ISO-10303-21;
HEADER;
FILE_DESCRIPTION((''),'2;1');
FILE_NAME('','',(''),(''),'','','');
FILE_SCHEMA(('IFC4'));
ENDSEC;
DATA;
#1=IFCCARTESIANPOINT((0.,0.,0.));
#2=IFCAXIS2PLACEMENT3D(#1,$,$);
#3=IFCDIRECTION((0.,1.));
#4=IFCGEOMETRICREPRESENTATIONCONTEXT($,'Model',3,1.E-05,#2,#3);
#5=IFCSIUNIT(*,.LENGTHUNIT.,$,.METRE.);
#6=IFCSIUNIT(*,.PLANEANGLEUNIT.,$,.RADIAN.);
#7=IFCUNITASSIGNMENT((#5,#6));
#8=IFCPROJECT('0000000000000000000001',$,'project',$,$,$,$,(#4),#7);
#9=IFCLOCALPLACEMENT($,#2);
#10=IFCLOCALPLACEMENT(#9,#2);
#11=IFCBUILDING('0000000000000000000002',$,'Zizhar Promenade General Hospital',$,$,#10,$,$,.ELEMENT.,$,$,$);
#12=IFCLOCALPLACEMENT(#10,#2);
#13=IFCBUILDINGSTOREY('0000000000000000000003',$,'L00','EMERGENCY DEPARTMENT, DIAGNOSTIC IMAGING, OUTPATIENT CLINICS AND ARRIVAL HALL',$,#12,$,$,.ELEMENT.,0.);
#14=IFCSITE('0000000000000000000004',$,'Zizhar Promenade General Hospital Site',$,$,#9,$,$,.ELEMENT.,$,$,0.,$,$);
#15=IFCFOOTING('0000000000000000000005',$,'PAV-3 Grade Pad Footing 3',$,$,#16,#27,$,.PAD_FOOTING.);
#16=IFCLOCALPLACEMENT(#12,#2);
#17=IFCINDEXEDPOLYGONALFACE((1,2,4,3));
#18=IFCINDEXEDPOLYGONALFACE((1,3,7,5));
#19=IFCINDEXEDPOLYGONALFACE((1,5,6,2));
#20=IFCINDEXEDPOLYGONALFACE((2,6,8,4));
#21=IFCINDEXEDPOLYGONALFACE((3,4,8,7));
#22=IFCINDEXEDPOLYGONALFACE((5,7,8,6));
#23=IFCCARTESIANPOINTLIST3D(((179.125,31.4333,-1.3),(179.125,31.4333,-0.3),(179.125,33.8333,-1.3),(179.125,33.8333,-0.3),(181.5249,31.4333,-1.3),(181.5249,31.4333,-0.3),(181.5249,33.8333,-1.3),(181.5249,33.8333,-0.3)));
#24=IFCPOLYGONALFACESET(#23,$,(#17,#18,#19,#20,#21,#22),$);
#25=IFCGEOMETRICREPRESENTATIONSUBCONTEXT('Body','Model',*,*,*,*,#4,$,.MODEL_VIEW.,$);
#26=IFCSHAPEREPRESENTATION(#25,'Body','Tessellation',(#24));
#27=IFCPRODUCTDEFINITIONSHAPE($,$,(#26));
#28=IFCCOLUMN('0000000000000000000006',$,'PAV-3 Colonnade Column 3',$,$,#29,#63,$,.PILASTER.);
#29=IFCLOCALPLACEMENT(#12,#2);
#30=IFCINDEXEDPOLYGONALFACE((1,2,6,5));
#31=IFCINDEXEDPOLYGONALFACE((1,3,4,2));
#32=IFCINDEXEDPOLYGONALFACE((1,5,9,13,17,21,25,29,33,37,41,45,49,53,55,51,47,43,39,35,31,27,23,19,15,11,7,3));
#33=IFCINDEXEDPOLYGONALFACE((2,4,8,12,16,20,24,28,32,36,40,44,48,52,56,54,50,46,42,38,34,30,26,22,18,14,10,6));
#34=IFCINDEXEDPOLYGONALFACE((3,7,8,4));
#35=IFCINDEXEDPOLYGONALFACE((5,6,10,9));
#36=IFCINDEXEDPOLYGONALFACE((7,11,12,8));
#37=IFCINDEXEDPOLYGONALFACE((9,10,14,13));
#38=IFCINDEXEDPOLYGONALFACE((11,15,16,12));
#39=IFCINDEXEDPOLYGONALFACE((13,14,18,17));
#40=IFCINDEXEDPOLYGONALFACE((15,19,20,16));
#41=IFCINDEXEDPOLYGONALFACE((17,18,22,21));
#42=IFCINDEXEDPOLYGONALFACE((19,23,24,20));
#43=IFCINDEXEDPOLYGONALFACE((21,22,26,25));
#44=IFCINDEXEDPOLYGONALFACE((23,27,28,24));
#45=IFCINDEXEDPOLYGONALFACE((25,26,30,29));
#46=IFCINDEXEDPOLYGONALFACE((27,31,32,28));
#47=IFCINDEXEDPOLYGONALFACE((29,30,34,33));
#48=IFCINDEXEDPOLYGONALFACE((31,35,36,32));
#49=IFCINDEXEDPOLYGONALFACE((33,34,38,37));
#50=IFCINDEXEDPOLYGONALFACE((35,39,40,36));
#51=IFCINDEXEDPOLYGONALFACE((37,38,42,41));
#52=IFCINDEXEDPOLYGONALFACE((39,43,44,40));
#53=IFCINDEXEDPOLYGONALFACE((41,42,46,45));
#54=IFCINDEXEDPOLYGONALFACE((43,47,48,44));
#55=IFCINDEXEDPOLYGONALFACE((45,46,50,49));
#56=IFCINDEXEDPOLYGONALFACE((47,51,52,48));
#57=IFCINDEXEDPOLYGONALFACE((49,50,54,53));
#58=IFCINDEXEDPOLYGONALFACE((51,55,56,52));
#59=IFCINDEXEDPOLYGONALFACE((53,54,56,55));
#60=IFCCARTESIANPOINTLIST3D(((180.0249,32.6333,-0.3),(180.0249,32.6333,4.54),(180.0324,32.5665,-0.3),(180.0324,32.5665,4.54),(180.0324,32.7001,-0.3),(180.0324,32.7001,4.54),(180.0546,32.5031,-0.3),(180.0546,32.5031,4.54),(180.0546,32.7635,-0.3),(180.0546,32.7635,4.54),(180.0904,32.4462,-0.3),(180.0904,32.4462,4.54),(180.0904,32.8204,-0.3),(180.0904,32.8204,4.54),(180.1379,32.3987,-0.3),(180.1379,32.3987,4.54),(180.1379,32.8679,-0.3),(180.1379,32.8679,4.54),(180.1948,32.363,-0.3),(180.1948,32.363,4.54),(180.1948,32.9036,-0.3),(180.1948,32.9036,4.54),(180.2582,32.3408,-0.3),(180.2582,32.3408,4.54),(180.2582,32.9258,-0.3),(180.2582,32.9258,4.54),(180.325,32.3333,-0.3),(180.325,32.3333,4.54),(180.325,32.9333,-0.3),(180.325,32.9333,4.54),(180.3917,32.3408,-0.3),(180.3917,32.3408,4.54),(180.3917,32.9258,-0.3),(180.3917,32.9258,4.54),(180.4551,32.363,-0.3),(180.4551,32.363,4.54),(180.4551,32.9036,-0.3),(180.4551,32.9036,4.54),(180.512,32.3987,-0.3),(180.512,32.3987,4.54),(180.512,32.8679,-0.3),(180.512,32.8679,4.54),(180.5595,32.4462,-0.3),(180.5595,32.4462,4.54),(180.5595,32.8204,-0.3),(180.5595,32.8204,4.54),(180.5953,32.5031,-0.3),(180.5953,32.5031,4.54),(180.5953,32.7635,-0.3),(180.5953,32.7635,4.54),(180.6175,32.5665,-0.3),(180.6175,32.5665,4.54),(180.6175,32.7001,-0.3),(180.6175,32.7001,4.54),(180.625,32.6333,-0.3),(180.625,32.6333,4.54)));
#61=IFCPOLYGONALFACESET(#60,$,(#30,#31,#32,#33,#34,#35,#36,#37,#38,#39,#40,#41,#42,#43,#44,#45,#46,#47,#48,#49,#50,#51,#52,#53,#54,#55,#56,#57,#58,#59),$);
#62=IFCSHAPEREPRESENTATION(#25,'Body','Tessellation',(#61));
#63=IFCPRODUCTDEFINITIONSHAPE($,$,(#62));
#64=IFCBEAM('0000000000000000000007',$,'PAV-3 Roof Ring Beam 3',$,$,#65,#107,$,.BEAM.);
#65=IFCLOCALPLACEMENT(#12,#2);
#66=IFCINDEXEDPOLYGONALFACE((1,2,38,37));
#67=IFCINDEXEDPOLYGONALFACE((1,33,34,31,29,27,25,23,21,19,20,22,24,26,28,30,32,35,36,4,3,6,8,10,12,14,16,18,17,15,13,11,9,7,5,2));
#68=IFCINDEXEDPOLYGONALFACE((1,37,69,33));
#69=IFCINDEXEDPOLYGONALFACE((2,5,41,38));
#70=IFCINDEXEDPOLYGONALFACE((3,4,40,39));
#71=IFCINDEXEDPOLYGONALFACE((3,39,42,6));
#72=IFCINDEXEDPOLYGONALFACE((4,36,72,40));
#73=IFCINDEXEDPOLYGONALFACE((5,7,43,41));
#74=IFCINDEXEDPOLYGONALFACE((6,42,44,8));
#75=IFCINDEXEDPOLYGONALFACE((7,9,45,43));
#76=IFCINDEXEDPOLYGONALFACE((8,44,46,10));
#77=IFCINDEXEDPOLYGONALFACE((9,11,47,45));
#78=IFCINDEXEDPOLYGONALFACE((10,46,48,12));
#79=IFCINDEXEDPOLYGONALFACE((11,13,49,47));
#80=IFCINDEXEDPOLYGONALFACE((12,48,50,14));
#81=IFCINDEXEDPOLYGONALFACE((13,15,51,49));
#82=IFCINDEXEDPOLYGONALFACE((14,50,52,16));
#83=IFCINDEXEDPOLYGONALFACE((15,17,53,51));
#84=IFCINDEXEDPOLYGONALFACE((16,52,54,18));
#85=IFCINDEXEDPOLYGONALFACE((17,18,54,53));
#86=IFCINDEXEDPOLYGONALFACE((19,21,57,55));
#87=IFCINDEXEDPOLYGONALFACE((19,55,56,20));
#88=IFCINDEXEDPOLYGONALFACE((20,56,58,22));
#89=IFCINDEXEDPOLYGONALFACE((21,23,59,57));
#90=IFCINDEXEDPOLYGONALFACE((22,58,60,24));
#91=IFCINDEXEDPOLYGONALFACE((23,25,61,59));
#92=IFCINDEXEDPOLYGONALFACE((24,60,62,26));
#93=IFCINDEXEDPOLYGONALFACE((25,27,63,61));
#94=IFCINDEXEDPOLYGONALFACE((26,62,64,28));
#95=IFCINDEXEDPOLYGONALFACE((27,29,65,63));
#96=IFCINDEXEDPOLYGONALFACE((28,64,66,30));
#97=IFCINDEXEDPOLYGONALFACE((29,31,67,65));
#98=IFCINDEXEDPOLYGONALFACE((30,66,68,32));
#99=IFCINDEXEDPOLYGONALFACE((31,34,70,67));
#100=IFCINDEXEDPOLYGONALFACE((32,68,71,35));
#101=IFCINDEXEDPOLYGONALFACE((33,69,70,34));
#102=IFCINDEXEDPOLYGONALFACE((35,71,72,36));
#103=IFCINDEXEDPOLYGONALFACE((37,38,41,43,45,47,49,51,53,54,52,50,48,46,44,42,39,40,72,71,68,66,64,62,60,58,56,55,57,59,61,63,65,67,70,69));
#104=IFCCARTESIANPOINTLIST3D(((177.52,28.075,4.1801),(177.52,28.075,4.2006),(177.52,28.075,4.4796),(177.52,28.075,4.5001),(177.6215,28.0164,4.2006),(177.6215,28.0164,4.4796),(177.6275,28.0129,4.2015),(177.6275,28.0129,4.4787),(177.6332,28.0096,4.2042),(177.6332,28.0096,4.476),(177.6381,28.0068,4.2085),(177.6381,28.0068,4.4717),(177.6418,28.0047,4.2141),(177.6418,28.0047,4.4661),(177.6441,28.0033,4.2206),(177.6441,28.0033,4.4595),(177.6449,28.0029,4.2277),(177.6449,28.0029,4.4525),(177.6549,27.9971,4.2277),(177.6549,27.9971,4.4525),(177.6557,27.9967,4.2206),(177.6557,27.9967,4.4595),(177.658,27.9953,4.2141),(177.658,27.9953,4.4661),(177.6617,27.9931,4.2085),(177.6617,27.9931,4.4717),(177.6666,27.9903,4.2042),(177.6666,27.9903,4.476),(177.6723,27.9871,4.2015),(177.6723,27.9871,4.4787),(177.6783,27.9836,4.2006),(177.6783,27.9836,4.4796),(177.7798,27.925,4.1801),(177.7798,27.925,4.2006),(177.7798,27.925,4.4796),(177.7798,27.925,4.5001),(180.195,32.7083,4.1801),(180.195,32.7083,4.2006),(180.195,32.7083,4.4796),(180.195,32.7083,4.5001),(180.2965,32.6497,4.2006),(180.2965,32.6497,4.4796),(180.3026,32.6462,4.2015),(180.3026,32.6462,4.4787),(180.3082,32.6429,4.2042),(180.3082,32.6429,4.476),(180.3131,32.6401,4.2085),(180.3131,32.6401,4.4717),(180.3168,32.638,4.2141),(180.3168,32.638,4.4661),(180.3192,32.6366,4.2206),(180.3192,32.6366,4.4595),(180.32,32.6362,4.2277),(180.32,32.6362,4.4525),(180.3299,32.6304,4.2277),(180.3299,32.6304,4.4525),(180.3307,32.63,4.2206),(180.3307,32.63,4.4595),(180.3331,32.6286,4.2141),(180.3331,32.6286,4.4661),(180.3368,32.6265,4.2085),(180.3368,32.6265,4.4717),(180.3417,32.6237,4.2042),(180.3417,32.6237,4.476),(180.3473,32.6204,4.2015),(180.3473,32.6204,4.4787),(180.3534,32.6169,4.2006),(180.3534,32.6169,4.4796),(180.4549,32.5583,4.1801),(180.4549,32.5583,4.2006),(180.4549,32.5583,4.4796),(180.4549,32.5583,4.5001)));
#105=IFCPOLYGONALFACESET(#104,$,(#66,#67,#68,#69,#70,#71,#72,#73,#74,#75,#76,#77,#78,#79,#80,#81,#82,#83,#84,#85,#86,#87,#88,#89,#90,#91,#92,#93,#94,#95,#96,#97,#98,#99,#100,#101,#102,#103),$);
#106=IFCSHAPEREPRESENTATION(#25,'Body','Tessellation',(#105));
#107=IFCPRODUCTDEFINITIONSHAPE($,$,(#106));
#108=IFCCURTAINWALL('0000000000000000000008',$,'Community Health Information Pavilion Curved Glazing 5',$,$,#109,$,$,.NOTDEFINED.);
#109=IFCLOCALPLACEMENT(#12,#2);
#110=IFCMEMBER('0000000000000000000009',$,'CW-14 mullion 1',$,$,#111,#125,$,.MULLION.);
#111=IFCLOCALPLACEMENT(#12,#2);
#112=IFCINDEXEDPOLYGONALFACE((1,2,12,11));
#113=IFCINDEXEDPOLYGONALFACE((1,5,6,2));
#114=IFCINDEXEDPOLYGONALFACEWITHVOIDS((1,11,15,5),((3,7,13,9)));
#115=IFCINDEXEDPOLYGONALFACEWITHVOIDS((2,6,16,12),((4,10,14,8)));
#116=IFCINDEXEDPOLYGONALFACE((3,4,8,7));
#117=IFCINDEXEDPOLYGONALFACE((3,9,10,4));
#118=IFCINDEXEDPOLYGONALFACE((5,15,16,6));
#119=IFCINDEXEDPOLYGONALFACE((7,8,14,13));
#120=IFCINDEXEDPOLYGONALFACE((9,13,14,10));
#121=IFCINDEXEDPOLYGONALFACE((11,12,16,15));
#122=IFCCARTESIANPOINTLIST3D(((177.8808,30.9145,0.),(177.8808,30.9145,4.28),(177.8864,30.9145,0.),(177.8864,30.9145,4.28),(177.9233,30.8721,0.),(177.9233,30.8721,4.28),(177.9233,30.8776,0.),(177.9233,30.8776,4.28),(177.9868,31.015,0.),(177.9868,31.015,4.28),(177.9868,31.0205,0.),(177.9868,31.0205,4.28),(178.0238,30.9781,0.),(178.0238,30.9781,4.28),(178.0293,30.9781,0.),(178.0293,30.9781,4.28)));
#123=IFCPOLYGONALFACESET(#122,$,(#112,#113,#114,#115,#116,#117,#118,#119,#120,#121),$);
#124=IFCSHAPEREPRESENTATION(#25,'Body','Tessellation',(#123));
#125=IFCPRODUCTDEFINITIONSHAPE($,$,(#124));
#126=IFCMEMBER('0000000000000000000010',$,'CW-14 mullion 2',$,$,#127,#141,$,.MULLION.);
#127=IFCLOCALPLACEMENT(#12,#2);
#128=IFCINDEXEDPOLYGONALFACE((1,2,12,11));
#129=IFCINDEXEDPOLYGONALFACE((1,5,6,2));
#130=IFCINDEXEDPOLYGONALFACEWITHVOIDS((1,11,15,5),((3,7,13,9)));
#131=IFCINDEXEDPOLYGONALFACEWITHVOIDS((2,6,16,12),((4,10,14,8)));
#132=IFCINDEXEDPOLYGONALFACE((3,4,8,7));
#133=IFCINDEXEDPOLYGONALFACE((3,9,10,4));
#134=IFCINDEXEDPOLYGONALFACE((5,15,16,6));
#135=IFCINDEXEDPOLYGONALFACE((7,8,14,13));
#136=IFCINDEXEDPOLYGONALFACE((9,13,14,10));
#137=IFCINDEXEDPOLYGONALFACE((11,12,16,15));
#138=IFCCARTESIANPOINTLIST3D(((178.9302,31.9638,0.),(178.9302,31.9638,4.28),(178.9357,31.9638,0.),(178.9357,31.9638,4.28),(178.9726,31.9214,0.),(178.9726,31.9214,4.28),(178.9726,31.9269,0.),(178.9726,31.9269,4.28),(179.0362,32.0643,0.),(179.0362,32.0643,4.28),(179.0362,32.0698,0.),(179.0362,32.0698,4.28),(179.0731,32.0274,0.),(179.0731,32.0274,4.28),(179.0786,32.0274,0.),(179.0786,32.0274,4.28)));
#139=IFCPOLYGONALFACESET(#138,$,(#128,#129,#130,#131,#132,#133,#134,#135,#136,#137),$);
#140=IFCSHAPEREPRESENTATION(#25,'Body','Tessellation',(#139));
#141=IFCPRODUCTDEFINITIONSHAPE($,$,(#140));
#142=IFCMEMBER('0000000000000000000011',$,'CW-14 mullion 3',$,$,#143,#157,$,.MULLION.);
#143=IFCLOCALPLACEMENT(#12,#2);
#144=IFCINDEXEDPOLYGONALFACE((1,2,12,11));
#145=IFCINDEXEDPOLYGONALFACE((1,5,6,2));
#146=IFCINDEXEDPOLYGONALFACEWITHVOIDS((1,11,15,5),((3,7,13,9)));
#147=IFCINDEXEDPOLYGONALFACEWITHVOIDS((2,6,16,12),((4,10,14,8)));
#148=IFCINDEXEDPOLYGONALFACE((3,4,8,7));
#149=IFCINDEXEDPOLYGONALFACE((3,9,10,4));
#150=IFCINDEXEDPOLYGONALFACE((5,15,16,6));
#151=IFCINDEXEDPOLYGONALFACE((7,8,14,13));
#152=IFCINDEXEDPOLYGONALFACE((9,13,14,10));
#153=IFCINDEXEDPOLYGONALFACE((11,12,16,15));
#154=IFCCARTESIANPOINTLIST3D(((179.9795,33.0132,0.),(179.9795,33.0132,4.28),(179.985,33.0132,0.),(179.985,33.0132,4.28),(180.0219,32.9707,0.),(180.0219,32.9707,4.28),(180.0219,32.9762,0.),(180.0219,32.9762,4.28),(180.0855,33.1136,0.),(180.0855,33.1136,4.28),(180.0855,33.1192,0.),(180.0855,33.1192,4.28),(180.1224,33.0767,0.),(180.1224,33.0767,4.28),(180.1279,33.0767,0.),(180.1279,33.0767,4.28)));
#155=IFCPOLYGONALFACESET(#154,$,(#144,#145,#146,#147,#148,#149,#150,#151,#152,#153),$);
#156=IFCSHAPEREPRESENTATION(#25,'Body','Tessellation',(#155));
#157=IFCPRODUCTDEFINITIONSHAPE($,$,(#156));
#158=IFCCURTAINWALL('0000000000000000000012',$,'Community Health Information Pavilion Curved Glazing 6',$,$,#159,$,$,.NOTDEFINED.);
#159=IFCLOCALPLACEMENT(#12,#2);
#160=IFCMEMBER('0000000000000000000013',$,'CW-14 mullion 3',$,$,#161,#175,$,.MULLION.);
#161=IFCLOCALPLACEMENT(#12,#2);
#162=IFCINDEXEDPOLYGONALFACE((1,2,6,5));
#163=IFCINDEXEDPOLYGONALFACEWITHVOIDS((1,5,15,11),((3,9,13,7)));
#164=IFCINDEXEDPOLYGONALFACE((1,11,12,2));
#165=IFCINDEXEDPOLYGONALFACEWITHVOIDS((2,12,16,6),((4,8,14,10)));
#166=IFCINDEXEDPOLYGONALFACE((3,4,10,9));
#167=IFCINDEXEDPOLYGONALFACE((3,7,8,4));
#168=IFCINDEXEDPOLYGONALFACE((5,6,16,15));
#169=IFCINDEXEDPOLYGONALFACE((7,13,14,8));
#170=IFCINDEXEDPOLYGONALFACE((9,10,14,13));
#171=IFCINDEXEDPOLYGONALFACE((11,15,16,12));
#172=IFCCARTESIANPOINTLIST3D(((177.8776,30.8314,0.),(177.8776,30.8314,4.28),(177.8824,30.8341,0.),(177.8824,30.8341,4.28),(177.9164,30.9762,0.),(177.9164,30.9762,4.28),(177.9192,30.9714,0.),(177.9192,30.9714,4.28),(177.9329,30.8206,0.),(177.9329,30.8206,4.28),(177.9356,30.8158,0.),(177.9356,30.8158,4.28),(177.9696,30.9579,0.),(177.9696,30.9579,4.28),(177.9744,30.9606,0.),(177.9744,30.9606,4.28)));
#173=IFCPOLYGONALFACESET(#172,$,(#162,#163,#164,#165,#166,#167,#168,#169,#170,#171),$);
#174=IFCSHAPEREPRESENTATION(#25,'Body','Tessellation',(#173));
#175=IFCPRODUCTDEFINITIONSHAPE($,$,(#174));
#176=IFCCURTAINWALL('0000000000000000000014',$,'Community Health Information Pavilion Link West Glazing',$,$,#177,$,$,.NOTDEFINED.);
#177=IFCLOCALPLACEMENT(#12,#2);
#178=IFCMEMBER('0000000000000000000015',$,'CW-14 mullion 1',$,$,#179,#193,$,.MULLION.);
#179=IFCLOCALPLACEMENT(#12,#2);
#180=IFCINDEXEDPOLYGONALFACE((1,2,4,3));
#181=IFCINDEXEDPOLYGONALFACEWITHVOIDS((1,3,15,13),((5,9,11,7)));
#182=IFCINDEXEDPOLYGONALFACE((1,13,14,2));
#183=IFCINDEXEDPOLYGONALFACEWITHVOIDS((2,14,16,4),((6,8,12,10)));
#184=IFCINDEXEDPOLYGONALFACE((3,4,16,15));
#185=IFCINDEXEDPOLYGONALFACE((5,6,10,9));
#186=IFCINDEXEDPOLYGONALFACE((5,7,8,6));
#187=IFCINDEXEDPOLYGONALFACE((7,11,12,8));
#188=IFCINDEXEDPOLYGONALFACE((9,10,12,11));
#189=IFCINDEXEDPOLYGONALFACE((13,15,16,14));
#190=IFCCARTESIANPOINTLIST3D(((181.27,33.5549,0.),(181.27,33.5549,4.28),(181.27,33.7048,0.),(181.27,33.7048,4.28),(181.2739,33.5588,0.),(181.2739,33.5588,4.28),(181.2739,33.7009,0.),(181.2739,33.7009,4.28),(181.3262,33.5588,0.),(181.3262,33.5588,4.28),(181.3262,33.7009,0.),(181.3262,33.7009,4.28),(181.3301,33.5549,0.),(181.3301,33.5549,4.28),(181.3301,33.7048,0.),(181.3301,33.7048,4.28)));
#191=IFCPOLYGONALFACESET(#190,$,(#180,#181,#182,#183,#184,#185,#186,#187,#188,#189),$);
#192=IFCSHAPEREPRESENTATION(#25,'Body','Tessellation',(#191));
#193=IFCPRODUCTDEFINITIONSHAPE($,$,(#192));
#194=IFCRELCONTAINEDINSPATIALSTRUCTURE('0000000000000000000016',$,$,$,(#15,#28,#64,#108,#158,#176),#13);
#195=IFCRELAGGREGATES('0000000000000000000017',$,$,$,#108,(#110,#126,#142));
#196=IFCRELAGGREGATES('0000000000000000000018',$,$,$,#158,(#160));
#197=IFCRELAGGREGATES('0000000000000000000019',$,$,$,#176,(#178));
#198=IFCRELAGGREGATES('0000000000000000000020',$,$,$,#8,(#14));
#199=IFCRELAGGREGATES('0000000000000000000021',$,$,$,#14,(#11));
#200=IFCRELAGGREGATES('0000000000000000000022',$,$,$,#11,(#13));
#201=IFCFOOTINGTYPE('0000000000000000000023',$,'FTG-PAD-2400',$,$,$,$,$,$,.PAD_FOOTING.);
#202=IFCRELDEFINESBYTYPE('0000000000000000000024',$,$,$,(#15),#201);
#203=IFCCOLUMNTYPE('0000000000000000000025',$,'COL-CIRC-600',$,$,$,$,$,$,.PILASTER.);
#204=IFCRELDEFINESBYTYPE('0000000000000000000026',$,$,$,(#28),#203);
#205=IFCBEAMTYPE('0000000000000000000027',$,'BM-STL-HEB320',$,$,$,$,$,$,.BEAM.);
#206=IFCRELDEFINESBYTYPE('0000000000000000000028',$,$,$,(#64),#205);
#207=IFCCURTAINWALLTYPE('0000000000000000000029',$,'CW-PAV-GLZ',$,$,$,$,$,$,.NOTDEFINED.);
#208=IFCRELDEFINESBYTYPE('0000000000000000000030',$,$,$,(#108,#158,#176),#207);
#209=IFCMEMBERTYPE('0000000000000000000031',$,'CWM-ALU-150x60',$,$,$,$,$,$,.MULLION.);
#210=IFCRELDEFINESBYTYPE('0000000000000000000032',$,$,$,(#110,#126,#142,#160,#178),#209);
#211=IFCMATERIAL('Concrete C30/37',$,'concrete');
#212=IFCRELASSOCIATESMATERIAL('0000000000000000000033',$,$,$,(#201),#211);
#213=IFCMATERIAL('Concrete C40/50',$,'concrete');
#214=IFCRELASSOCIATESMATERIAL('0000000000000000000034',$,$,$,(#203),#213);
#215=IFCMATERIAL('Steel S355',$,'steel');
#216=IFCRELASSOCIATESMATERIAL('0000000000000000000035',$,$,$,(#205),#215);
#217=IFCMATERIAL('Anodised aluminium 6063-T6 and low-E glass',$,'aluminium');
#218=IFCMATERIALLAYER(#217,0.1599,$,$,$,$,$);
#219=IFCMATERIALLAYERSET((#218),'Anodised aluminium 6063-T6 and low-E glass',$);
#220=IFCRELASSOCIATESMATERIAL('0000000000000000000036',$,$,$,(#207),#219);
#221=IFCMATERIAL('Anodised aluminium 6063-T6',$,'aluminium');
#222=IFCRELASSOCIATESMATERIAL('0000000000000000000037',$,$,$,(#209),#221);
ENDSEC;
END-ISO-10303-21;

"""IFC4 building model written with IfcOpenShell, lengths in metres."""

from ifc_helpers import new_model, si_unit, direction, frame, origin, origin_2d, place, context, subcontext, project, spatial, rectangle, hollow_rectangle, circle, i_section, extrude, material, layer, layer_set, material_profile, profile_set, type_object, element, aggregate, save


model = new_model("IFC4")

# Units and contexts
model_context = context("Model", 3, precision=1e-05, world=origin(), true_north=direction((0.0, 1.0)))
body_context = subcontext(model_context, "Body", "Model", "MODEL_VIEW")
ifc_project = project(units=[si_unit("LENGTHUNIT", "METRE"), si_unit("PLANEANGLEUNIT", "RADIAN")], contexts=[model_context])

# Site, building, storey
site_placement = place(None, origin())
site = spatial("IfcSite", under=ifc_project, at=site_placement, Name="Zizhar Promenade General Hospital Site", CompositionType="ELEMENT", RefElevation=0.0)
building_placement = place(site_placement, origin())
building = spatial("IfcBuilding", under=site, at=building_placement, Name="Zizhar Promenade General Hospital", CompositionType="ELEMENT")
storey_placement = place(building_placement, origin())
storey = spatial("IfcBuildingStorey", under=building, at=storey_placement, Name="L00", Description="EMERGENCY DEPARTMENT, DIAGNOSTIC IMAGING, OUTPATIENT CLINICS AND ARRIVAL HALL", CompositionType="ELEMENT", Elevation=0.0)

# Footing
ifc_material_1 = material(Name="Concrete C30/37", Category="concrete")
footing_type = type_object("IfcFootingType", Name="FTG-PAD-2400", PredefinedType="PAD_FOOTING", material=ifc_material_1)
footing_placement = place(storey_placement, frame((180.325, 32.6333, -1.3), z_axis=(0.0, 0.0, 1.0), x_axis=(1.0, 0.0, 0.0)))
element("IfcFooting", 1, at=footing_placement, inside=storey, type_object=footing_type, Name="PAV-3 Grade Pad Footing 3", PredefinedType="PAD_FOOTING", context=body_context, shape_type="SweptSolid", body=[
    extrude(rectangle(XDim=2.3999, YDim=2.3999, at=origin_2d()), origin(), (0.0, 0.0, 1.0), 1.0),
])

# Column
ifc_material_2 = material(Name="Concrete C40/50", Category="concrete")
ifc_material_profile_1 = material_profile(ifc_material_2, circle(Radius=0.3, at=origin_2d()))
ifc_profile_set_1 = profile_set([ifc_material_profile_1], Name="Concrete C40/50")
column_type = type_object("IfcColumnType", Name="COL-CIRC-600", PredefinedType="PILASTER", material=ifc_profile_set_1)
column_placement = place(storey_placement, frame((180.325, 32.6333, -0.3), z_axis=(0.0, 0.0, 1.0), x_axis=(1.0, 0.0, 0.0)))
element("IfcColumn", 2, at=column_placement, inside=storey, type_object=column_type, Name="PAV-3 Colonnade Column 3", PredefinedType="PILASTER", context=body_context, shape_type="SweptSolid", body=[
    extrude(circle(Radius=0.3, at=origin_2d()), origin(), (0.0, 0.0, 1.0), 4.8401),
])

# Beam
ifc_material_3 = material(Name="Steel S355", Category="steel")
ifc_material_profile_2 = material_profile(ifc_material_3, i_section(OverallWidth=0.3, OverallDepth=0.3201, WebThickness=0.0115, FlangeThickness=0.0205, FilletRadius=0.0271, at=origin_2d()))
ifc_profile_set_2 = profile_set([ifc_material_profile_2], Name="Steel S355")
beam_type = type_object("IfcBeamType", Name="BM-STL-HEB320", PredefinedType="BEAM", material=ifc_profile_set_2)
beam_placement = place(storey_placement, frame((180.325, 32.6333, 4.3401), z_axis=(-0.500002, -0.866024, 0.0), x_axis=(0.866024, -0.500002, 0.0)))
element("IfcBeam", 3, at=beam_placement, inside=storey, type_object=beam_type, Name="PAV-3 Roof Ring Beam 3", PredefinedType="BEAM", context=body_context, shape_type="SweptSolid", body=[
    extrude(i_section(OverallWidth=0.3, OverallDepth=0.3201, WebThickness=0.0115, FlangeThickness=0.0205, FilletRadius=0.0271, at=origin_2d()), origin(), (0.0, 0.0, 1.0), 5.3501),
])

# Curtain wall, members
ifc_material_4 = material(Name="Anodised aluminium 6063-T6 and low-E glass", Category="aluminium")
ifc_layer_1 = layer(ifc_material_4, 0.1599)
ifc_layer_set_1 = layer_set([ifc_layer_1], Name="Anodised aluminium 6063-T6 and low-E glass")
curtain_wall_type = type_object("IfcCurtainWallType", Name="CW-PAV-GLZ", PredefinedType="NOTDEFINED", material=ifc_layer_set_1)
curtain_wall_1_placement = place(storey_placement, origin())
curtain_wall_1 = element("IfcCurtainWall", 4, at=curtain_wall_1_placement, inside=storey, type_object=curtain_wall_type, Name="Community Health Information Pavilion Curved Glazing 5", PredefinedType="NOTDEFINED")
ifc_material_5 = material(Name="Anodised aluminium 6063-T6", Category="aluminium")
ifc_material_profile_3 = material_profile(ifc_material_5, hollow_rectangle(XDim=0.0601, YDim=0.1499, WallThickness=0.0039, at=origin_2d()))
ifc_profile_set_3 = profile_set([ifc_material_profile_3], Name="Anodised aluminium 6063-T6")
member_type_1 = type_object("IfcMemberType", Name="CWM-ALU-150x60", PredefinedType="MULLION", material=ifc_profile_set_3)
member_1_placement = place(storey_placement, frame((177.9551, 30.9463, 0.0), z_axis=(0.0, 0.0, 1.0), x_axis=(-0.707107, 0.707107, 0.0)))
member_1 = element("IfcMember", 5, at=member_1_placement, type_object=member_type_1, Name="CW-14 mullion 1", PredefinedType="MULLION", context=body_context, shape_type="SweptSolid", body=[
    extrude(hollow_rectangle(XDim=0.0601, YDim=0.1499, WallThickness=0.0039, at=origin_2d()), origin(), (0.0, 0.0, 1.0), 4.28),
])
member_2_placement = place(storey_placement, frame((179.0044, 31.9956, 0.0), z_axis=(0.0, 0.0, 1.0), x_axis=(-0.707107, 0.707107, 0.0)))
member_2 = element("IfcMember", 6, at=member_2_placement, type_object=member_type_1, Name="CW-14 mullion 2", PredefinedType="MULLION", context=body_context, shape_type="SweptSolid", body=[
    extrude(hollow_rectangle(XDim=0.0601, YDim=0.1499, WallThickness=0.0039, at=origin_2d()), origin(), (0.0, 0.0, 1.0), 4.28),
])
member_3_placement = place(storey_placement, frame((180.0537, 33.0449, 0.0), z_axis=(0.0, 0.0, 1.0), x_axis=(-0.707107, 0.707107, 0.0)))
member_3 = element("IfcMember", 7, at=member_3_placement, type_object=member_type_1, Name="CW-14 mullion 3", PredefinedType="MULLION", context=body_context, shape_type="SweptSolid", body=[
    extrude(hollow_rectangle(XDim=0.0601, YDim=0.1499, WallThickness=0.0039, at=origin_2d()), origin(), (0.0, 0.0, 1.0), 4.28),
])

# Curtain walls, members
curtain_wall_2_placement = place(storey_placement, origin())
curtain_wall_2 = element("IfcCurtainWall", 8, at=curtain_wall_2_placement, inside=storey, type_object=curtain_wall_type, Name="Community Health Information Pavilion Curved Glazing 6", PredefinedType="NOTDEFINED")
member_4_placement = place(storey_placement, frame((177.926, 30.896, 0.0), z_axis=(0.0, 0.0, 1.0), x_axis=(-0.965922, 0.258834, 0.0)))
member_4 = element("IfcMember", 9, at=member_4_placement, type_object=member_type_1, Name="CW-14 mullion 3", PredefinedType="MULLION", context=body_context, shape_type="SweptSolid", body=[
    extrude(hollow_rectangle(XDim=0.0601, YDim=0.1499, WallThickness=0.0039, at=origin_2d()), origin(), (0.0, 0.0, 1.0), 4.28),
])
curtain_wall_3_placement = place(storey_placement, origin())
curtain_wall_3 = element("IfcCurtainWall", 10, at=curtain_wall_3_placement, inside=storey, type_object=curtain_wall_type, Name="Community Health Information Pavilion Link West Glazing", PredefinedType="NOTDEFINED")
member_5_placement = place(storey_placement, frame((181.3, 33.6299, 0.0), z_axis=(0.0, 0.0, 1.0), x_axis=(-1.0, 0.0, 0.0)))
member_5 = element("IfcMember", 11, at=member_5_placement, type_object=member_type_1, Name="CW-14 mullion 1", PredefinedType="MULLION", context=body_context, shape_type="SweptSolid", body=[
    extrude(hollow_rectangle(XDim=0.0601, YDim=0.1499, WallThickness=0.0039, at=origin_2d()), origin(), (0.0, 0.0, 1.0), 4.28),
])

aggregate(curtain_wall_1, [member_1, member_2, member_3])
aggregate(curtain_wall_2, [member_4])
aggregate(curtain_wall_3, [member_5])

save(model, "model.ifc")
